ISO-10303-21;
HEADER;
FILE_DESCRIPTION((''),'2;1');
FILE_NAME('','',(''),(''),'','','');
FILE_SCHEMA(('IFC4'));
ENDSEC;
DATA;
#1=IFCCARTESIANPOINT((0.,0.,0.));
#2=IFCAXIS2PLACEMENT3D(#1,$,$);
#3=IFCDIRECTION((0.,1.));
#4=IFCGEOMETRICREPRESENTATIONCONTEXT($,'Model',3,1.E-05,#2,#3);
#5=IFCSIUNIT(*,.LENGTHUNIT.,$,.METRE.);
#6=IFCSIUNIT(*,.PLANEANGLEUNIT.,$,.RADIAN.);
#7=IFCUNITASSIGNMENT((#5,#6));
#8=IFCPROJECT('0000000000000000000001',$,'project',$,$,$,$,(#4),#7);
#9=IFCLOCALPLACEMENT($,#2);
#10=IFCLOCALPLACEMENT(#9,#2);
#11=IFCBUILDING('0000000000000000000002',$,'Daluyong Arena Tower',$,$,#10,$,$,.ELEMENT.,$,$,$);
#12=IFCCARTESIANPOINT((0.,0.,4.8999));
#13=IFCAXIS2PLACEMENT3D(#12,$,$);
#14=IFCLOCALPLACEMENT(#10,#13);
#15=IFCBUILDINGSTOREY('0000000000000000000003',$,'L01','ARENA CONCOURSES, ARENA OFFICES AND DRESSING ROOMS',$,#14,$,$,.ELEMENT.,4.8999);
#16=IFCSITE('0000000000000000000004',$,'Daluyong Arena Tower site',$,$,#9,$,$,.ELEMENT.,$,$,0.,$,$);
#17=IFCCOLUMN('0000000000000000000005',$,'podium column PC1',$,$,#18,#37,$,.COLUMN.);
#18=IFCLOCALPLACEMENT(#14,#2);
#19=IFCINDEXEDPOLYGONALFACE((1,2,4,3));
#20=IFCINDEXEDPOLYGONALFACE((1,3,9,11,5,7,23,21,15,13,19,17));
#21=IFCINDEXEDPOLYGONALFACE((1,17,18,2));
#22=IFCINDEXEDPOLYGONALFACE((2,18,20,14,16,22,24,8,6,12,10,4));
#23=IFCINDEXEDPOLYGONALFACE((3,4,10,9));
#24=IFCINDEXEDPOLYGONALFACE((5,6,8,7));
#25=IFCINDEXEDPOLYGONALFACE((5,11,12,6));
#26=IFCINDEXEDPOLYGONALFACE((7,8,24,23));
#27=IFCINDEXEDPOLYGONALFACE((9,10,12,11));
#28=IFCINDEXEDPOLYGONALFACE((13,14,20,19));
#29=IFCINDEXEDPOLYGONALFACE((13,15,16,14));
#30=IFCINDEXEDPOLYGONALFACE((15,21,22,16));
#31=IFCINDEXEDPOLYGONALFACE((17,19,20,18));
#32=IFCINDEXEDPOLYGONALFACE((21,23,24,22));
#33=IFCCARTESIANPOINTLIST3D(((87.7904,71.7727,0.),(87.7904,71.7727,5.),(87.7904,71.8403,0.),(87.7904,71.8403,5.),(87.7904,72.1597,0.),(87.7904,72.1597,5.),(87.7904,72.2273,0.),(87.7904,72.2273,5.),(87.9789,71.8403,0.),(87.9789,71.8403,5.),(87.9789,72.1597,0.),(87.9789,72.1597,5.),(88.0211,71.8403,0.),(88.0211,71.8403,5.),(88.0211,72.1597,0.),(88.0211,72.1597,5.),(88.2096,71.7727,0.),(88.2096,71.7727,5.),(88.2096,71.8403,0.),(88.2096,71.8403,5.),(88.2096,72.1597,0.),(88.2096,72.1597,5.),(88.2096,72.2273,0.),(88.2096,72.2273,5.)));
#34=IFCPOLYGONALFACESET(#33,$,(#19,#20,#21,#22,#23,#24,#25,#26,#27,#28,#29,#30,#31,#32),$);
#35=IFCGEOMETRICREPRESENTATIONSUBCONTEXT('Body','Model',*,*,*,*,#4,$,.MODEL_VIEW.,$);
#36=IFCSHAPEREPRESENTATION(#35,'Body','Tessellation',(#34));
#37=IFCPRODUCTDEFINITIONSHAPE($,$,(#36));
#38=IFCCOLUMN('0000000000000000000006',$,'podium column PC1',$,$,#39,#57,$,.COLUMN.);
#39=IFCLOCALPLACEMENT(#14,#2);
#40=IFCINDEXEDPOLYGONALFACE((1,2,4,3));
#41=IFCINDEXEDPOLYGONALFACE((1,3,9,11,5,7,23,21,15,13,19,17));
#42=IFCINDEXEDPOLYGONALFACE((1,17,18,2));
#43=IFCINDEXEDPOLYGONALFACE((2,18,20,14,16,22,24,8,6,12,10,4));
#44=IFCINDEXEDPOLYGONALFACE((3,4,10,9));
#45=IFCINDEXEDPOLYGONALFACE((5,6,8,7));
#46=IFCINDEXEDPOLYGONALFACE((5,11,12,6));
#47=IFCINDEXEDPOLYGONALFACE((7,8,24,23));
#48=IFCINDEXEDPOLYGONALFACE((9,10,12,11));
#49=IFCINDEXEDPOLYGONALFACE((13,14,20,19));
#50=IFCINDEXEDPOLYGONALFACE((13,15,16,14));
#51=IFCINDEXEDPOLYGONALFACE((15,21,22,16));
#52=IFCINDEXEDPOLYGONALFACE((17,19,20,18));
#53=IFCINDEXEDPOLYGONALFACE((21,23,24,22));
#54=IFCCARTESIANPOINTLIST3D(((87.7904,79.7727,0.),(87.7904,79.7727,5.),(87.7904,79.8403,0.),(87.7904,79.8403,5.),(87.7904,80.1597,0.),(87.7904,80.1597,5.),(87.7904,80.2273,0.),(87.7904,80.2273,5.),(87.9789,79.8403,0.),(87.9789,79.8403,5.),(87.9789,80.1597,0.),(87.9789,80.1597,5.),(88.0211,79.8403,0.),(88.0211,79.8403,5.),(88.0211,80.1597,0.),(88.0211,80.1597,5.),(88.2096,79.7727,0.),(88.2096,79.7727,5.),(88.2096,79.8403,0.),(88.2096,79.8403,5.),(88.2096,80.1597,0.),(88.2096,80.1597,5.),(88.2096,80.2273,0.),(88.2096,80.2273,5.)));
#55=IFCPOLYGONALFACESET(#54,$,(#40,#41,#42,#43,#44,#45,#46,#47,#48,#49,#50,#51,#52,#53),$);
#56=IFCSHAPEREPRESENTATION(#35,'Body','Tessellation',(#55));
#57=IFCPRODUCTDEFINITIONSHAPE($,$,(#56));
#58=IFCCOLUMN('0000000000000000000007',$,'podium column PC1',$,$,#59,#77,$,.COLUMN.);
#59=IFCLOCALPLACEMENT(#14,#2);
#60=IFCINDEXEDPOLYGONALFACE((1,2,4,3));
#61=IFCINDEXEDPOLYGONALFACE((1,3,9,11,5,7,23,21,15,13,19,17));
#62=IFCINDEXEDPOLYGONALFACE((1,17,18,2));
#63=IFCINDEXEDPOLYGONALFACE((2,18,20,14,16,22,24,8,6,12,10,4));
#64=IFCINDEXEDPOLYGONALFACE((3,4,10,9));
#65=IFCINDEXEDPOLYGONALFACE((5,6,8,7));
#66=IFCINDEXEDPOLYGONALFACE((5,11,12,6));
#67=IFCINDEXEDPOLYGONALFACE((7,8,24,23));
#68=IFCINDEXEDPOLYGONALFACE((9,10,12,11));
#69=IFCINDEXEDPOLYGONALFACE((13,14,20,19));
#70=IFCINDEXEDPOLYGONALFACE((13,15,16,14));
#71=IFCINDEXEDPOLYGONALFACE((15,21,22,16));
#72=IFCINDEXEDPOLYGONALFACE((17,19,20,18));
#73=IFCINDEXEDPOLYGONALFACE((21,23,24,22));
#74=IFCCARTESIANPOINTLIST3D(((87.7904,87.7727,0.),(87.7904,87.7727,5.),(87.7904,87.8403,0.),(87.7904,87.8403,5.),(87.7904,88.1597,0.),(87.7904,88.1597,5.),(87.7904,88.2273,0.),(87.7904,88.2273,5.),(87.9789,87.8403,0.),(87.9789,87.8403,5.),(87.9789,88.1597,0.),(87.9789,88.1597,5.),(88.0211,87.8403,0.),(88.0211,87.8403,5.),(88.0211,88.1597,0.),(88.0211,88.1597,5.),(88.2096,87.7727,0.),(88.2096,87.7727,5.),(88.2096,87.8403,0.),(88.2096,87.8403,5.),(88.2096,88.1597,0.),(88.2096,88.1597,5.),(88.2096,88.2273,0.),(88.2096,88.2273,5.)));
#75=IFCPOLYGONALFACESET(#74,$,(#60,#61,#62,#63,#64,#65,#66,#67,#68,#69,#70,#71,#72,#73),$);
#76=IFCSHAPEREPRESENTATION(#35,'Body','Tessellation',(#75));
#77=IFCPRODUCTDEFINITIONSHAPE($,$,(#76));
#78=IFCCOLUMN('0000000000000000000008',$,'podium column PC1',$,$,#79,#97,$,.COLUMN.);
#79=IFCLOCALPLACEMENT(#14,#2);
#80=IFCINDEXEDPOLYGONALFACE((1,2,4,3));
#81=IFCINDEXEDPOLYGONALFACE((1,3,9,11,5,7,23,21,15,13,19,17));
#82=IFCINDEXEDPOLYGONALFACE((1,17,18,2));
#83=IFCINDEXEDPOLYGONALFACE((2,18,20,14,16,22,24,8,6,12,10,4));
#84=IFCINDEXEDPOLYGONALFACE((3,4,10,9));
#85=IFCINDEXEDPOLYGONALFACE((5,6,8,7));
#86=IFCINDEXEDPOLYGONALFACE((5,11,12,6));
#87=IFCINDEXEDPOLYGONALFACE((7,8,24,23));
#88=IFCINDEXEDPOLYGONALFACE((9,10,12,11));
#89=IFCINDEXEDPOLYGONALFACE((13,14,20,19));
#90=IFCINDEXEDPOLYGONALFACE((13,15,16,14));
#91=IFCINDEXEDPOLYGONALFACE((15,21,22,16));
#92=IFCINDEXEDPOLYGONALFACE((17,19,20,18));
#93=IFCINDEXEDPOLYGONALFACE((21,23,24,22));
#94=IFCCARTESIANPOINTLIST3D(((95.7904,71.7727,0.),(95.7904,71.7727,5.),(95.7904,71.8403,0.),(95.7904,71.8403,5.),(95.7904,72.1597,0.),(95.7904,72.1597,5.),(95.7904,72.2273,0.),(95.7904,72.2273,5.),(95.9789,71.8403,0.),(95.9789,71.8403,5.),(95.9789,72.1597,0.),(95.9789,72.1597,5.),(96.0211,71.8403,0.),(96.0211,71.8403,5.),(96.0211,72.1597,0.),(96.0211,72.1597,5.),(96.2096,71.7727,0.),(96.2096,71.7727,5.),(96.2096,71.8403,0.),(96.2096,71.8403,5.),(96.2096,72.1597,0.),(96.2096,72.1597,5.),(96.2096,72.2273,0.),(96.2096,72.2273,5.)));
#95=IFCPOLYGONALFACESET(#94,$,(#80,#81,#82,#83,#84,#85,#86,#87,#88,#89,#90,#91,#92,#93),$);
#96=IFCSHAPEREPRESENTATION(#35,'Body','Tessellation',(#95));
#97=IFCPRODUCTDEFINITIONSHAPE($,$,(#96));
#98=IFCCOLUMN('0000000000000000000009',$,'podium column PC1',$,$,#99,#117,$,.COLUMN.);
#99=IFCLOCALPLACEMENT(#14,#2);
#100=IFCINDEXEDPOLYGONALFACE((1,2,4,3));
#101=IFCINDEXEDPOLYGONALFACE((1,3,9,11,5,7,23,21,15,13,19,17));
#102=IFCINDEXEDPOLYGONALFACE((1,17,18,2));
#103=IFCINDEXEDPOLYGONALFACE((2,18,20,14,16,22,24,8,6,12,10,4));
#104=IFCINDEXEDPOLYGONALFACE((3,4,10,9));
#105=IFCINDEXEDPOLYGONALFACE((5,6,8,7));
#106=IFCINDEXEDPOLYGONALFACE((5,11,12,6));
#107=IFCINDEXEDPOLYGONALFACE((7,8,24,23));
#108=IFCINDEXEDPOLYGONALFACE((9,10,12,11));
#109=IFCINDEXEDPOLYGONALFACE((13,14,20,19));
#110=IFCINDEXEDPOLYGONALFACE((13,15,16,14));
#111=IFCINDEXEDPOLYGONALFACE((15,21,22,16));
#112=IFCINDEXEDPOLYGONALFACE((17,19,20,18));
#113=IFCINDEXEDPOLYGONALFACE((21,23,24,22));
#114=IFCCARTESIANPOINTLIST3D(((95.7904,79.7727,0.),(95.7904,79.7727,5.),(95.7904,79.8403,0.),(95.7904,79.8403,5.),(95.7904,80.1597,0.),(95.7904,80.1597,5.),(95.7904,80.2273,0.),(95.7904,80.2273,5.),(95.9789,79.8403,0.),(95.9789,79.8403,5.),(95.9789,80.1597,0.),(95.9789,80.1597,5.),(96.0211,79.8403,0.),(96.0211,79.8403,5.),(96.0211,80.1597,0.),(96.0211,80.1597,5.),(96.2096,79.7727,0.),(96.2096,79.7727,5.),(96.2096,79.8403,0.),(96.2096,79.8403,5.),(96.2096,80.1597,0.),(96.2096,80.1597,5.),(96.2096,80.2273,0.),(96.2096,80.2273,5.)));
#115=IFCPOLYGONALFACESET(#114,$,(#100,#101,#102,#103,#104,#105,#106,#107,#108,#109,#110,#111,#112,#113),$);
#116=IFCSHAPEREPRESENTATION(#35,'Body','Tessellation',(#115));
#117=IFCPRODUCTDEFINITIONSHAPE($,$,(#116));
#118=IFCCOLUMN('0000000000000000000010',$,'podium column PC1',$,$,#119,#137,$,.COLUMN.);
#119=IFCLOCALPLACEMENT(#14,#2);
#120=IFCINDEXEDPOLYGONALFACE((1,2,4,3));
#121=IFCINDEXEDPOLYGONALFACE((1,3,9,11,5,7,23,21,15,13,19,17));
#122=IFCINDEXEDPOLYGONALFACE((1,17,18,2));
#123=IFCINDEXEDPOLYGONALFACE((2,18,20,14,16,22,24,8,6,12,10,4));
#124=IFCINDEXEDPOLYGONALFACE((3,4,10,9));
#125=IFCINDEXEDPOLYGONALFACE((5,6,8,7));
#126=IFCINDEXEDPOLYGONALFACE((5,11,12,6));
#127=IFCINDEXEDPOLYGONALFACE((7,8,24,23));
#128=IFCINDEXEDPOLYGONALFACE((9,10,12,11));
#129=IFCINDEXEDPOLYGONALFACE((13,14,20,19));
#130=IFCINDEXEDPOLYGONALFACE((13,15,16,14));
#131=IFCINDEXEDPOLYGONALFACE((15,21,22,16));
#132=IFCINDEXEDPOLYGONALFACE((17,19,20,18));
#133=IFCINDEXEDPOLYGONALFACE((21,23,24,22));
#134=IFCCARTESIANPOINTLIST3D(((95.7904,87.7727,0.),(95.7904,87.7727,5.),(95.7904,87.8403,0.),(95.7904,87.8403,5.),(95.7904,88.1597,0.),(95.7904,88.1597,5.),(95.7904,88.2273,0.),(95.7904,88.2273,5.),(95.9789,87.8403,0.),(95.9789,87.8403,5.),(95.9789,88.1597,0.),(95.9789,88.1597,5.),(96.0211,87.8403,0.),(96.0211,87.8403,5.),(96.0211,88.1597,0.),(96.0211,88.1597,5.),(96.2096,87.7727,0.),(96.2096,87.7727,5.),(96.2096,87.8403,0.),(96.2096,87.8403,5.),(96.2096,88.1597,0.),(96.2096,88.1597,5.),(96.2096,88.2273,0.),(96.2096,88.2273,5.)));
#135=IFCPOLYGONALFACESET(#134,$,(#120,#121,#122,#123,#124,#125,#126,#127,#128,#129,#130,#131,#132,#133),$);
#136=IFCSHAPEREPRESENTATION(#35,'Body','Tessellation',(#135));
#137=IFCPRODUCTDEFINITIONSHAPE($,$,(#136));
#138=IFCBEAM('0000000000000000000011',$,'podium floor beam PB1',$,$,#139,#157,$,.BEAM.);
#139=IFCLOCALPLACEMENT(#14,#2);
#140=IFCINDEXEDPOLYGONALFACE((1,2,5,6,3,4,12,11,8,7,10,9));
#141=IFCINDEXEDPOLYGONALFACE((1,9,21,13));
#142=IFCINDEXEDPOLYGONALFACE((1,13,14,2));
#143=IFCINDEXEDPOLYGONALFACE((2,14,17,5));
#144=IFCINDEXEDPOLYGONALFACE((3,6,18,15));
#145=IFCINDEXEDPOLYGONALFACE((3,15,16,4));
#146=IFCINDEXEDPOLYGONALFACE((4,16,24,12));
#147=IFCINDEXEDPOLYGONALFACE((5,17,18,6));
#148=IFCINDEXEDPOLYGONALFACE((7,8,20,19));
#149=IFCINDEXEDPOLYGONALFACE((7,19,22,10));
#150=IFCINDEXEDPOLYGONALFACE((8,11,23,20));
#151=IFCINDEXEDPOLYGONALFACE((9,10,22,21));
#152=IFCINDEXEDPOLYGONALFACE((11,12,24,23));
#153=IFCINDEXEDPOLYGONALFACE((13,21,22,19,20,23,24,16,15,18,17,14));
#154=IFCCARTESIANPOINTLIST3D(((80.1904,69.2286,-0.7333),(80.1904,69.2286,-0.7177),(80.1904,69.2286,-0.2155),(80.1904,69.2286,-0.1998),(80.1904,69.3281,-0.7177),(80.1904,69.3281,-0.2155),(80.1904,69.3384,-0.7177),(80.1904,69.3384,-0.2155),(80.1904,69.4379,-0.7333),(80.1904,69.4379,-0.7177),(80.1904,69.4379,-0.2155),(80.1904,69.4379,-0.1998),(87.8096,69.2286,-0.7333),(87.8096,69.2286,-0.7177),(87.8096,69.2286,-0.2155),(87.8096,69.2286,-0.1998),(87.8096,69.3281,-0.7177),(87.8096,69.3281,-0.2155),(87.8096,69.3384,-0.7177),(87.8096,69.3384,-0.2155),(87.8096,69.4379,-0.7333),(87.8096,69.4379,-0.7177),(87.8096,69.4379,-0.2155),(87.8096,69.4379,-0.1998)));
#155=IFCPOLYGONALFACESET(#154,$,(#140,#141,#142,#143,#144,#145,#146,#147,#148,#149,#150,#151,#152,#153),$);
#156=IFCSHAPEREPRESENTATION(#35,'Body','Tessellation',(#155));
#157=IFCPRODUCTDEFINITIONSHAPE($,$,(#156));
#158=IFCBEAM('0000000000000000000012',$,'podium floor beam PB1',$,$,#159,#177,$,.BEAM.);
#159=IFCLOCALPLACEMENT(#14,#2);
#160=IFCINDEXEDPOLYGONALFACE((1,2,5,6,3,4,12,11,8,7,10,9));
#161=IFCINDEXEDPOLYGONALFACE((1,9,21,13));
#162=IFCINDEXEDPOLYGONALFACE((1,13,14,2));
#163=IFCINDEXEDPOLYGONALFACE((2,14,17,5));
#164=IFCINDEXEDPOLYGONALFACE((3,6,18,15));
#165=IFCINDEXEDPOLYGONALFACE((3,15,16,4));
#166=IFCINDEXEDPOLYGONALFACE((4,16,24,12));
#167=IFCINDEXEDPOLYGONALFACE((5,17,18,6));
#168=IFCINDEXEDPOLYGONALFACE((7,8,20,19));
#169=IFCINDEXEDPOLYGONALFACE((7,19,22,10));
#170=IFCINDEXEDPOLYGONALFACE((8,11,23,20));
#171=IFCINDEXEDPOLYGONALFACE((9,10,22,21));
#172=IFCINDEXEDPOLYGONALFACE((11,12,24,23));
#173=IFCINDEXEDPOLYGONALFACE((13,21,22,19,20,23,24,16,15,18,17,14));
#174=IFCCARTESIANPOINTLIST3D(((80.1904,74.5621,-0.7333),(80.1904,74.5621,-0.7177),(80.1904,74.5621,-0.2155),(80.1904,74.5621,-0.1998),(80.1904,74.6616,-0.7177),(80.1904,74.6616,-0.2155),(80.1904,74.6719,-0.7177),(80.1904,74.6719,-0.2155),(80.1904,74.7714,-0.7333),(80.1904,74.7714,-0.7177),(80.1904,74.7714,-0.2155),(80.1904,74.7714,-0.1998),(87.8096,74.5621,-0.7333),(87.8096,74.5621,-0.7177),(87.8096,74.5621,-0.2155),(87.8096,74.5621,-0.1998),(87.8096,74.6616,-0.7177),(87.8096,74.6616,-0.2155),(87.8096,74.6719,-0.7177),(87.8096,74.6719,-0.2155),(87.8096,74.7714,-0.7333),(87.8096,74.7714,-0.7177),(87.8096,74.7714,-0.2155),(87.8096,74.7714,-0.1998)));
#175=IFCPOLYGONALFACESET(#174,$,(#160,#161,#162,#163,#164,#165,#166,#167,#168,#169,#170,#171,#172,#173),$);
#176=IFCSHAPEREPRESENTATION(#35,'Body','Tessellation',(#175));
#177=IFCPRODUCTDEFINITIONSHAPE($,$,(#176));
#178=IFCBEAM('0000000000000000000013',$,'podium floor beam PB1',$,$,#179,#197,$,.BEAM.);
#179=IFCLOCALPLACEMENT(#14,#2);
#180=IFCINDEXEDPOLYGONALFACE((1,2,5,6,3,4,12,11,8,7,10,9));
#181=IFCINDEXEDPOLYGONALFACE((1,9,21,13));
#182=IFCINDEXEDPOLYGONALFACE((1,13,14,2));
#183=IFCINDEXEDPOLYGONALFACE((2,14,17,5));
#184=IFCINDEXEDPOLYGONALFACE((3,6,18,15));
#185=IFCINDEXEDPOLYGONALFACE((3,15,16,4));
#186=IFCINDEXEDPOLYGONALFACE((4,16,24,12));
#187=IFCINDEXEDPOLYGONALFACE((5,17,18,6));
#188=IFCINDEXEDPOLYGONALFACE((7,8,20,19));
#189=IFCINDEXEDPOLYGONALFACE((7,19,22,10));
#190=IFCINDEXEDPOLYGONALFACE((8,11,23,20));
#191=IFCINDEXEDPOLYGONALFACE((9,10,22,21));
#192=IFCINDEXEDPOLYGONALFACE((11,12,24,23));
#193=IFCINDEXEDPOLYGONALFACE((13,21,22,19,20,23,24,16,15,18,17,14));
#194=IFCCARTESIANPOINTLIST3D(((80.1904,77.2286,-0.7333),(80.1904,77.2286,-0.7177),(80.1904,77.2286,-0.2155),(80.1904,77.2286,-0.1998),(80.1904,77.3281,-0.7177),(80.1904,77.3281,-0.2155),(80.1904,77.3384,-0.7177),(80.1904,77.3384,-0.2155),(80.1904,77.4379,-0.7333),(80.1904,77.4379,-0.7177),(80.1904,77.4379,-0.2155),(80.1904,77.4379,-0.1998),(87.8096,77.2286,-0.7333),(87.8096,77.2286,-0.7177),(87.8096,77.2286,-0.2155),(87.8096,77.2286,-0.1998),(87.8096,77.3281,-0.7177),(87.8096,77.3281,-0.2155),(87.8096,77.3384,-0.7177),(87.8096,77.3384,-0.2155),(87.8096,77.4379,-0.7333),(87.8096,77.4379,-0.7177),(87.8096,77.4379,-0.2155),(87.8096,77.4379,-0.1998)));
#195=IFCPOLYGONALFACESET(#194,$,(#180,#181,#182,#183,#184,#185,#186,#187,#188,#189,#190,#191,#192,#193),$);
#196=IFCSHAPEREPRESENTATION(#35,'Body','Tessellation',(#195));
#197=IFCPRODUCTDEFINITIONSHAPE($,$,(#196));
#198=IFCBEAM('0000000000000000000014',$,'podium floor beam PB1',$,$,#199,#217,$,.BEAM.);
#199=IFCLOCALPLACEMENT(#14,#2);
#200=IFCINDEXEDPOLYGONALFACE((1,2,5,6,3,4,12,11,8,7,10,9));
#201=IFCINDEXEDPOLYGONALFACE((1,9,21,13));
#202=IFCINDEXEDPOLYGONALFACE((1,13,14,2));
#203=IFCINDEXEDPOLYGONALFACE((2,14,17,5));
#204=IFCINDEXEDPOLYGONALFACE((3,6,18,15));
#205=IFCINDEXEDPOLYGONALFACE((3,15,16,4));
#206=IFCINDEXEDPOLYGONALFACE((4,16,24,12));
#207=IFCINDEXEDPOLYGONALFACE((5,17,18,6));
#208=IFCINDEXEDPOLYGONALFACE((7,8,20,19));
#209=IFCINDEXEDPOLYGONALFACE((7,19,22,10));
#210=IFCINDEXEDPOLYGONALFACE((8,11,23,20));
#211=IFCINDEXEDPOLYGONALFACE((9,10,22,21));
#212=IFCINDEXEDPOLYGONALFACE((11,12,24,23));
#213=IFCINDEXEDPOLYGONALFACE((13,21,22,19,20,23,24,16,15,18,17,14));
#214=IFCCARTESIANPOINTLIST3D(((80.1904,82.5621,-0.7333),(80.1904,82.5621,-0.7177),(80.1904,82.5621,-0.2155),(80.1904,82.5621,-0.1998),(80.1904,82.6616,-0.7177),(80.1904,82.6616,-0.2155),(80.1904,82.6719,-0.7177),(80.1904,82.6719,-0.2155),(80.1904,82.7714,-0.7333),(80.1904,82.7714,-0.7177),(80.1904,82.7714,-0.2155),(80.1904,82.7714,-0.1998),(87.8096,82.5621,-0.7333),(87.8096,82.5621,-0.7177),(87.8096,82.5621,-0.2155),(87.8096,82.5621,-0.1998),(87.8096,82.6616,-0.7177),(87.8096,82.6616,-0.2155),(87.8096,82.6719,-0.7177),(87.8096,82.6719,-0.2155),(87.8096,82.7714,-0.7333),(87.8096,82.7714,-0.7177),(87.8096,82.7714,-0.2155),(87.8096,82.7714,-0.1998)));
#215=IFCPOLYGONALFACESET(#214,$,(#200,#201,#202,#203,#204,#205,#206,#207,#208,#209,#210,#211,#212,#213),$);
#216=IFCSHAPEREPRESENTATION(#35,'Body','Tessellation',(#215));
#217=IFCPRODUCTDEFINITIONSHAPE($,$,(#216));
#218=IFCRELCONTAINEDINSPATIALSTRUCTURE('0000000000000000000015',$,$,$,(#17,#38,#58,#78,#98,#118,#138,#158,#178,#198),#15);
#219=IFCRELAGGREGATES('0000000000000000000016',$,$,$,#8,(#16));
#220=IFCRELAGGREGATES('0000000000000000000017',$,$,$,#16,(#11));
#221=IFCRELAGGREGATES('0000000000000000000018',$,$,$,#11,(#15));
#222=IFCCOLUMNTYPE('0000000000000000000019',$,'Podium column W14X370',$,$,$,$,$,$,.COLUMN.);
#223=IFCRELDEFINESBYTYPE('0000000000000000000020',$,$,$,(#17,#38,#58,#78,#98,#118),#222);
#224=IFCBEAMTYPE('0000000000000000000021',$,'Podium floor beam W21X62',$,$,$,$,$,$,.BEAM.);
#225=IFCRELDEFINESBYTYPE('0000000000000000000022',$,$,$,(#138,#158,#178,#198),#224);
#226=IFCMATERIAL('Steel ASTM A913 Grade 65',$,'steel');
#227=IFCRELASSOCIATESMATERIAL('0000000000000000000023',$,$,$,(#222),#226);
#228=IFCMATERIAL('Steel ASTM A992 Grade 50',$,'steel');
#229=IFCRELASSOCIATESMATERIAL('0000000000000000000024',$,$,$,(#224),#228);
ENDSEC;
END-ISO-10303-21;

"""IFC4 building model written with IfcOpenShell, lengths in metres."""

from ifc_helpers import new_model, si_unit, direction, frame, origin, origin_2d, place, context, subcontext, project, spatial, i_section, extrude, material, material_profile, profile_set, type_object, element, save


model = new_model("IFC4")

# Units and contexts
model_context = context("Model", 3, precision=1e-05, world=origin(), true_north=direction((0.0, 1.0)))
body_context = subcontext(model_context, "Body", "Model", "MODEL_VIEW")
ifc_project = project(units=[si_unit("LENGTHUNIT", "METRE"), si_unit("PLANEANGLEUNIT", "RADIAN")], contexts=[model_context])

# Site, building, storey
site_placement = place(None, origin())
site = spatial("IfcSite", under=ifc_project, at=site_placement, Name="Daluyong Arena Tower site", CompositionType="ELEMENT", RefElevation=0.0)
building_placement = place(site_placement, origin())
building = spatial("IfcBuilding", under=site, at=building_placement, Name="Daluyong Arena Tower", CompositionType="ELEMENT")
storey_placement = place(building_placement, frame((0.0, 0.0, 4.8999)))
storey = spatial("IfcBuildingStorey", under=building, at=storey_placement, Name="L01", Description="ARENA CONCOURSES, ARENA OFFICES AND DRESSING ROOMS", CompositionType="ELEMENT", Elevation=4.8999)

# Columns
ifc_material_1 = material(Name="Steel ASTM A913 Grade 65", Category="steel")
ifc_material_profile_1 = material_profile(ifc_material_1, i_section(OverallWidth=0.4192, OverallDepth=0.4546, WebThickness=0.0422, FlangeThickness=0.0676, at=origin_2d()))
ifc_profile_set_1 = profile_set([ifc_material_profile_1], Name="Steel ASTM A913 Grade 65")
column_type = type_object("IfcColumnType", Name="Podium column W14X370", PredefinedType="COLUMN", material=ifc_profile_set_1)
for number, where, z_axis, x_axis, name in (
    (1, (88.0, 72.0, 0.0), (0.0, 0.0, 1.0), (1.0, 0.0, 0.0), "podium column PC1"),
    (2, (88.0, 80.0, 0.0), (0.0, 0.0, 1.0), (1.0, 0.0, 0.0), "podium column PC1"),
    (3, (88.0, 88.0, 0.0), (0.0, 0.0, 1.0), (1.0, 0.0, 0.0), "podium column PC1"),
    (4, (96.0, 72.0, 0.0), (0.0, 0.0, 1.0), (1.0, 0.0, 0.0), "podium column PC1"),
    (5, (96.0, 80.0, 0.0), (0.0, 0.0, 1.0), (1.0, 0.0, 0.0), "podium column PC1"),
    (6, (96.0, 88.0, 0.0), (0.0, 0.0, 1.0), (1.0, 0.0, 0.0), "podium column PC1"),
):
    element("IfcColumn", number, at=place(storey_placement, frame(where, z_axis=z_axis, x_axis=x_axis)), inside=storey, type_object=column_type, Name=name, PredefinedType="COLUMN", context=body_context, shape_type="SweptSolid", body=[
        extrude(i_section(OverallWidth=0.4192, OverallDepth=0.4546, WebThickness=0.0422, FlangeThickness=0.0676, at=origin_2d()), origin(), (0.0, 0.0, 1.0), 5.0),
    ])

# Beams
ifc_material_2 = material(Name="Steel ASTM A992 Grade 50", Category="steel")
ifc_material_profile_2 = material_profile(ifc_material_2, i_section(OverallWidth=0.2092, OverallDepth=0.5334, WebThickness=0.0103, FlangeThickness=0.0156, at=origin_2d()))
ifc_profile_set_2 = profile_set([ifc_material_profile_2], Name="Steel ASTM A992 Grade 50")
beam_type_1 = type_object("IfcBeamType", Name="Podium floor beam W21X62", PredefinedType="BEAM", material=ifc_profile_set_2)
for number, where, z_axis, x_axis, name in (
    (7, (80.1904, 69.3333, -0.4666), (1.0, 0.0, 0.0), (0.0, 1.0, 0.0), "podium floor beam PB1"),
    (8, (80.1904, 74.6667, -0.4666), (1.0, 0.0, 0.0), (0.0, 1.0, 0.0), "podium floor beam PB1"),
    (9, (80.1904, 77.3333, -0.4666), (1.0, 0.0, 0.0), (0.0, 1.0, 0.0), "podium floor beam PB1"),
    (10, (80.1904, 82.6667, -0.4666), (1.0, 0.0, 0.0), (0.0, 1.0, 0.0), "podium floor beam PB1"),
):
    element("IfcBeam", number, at=place(storey_placement, frame(where, z_axis=z_axis, x_axis=x_axis)), inside=storey, type_object=beam_type_1, Name=name, PredefinedType="BEAM", context=body_context, shape_type="SweptSolid", body=[
        extrude(i_section(OverallWidth=0.2092, OverallDepth=0.5334, WebThickness=0.0103, FlangeThickness=0.0156, at=origin_2d()), origin(), (0.0, 0.0, 1.0), 7.6191),
    ])

save(model, "model.ifc")
